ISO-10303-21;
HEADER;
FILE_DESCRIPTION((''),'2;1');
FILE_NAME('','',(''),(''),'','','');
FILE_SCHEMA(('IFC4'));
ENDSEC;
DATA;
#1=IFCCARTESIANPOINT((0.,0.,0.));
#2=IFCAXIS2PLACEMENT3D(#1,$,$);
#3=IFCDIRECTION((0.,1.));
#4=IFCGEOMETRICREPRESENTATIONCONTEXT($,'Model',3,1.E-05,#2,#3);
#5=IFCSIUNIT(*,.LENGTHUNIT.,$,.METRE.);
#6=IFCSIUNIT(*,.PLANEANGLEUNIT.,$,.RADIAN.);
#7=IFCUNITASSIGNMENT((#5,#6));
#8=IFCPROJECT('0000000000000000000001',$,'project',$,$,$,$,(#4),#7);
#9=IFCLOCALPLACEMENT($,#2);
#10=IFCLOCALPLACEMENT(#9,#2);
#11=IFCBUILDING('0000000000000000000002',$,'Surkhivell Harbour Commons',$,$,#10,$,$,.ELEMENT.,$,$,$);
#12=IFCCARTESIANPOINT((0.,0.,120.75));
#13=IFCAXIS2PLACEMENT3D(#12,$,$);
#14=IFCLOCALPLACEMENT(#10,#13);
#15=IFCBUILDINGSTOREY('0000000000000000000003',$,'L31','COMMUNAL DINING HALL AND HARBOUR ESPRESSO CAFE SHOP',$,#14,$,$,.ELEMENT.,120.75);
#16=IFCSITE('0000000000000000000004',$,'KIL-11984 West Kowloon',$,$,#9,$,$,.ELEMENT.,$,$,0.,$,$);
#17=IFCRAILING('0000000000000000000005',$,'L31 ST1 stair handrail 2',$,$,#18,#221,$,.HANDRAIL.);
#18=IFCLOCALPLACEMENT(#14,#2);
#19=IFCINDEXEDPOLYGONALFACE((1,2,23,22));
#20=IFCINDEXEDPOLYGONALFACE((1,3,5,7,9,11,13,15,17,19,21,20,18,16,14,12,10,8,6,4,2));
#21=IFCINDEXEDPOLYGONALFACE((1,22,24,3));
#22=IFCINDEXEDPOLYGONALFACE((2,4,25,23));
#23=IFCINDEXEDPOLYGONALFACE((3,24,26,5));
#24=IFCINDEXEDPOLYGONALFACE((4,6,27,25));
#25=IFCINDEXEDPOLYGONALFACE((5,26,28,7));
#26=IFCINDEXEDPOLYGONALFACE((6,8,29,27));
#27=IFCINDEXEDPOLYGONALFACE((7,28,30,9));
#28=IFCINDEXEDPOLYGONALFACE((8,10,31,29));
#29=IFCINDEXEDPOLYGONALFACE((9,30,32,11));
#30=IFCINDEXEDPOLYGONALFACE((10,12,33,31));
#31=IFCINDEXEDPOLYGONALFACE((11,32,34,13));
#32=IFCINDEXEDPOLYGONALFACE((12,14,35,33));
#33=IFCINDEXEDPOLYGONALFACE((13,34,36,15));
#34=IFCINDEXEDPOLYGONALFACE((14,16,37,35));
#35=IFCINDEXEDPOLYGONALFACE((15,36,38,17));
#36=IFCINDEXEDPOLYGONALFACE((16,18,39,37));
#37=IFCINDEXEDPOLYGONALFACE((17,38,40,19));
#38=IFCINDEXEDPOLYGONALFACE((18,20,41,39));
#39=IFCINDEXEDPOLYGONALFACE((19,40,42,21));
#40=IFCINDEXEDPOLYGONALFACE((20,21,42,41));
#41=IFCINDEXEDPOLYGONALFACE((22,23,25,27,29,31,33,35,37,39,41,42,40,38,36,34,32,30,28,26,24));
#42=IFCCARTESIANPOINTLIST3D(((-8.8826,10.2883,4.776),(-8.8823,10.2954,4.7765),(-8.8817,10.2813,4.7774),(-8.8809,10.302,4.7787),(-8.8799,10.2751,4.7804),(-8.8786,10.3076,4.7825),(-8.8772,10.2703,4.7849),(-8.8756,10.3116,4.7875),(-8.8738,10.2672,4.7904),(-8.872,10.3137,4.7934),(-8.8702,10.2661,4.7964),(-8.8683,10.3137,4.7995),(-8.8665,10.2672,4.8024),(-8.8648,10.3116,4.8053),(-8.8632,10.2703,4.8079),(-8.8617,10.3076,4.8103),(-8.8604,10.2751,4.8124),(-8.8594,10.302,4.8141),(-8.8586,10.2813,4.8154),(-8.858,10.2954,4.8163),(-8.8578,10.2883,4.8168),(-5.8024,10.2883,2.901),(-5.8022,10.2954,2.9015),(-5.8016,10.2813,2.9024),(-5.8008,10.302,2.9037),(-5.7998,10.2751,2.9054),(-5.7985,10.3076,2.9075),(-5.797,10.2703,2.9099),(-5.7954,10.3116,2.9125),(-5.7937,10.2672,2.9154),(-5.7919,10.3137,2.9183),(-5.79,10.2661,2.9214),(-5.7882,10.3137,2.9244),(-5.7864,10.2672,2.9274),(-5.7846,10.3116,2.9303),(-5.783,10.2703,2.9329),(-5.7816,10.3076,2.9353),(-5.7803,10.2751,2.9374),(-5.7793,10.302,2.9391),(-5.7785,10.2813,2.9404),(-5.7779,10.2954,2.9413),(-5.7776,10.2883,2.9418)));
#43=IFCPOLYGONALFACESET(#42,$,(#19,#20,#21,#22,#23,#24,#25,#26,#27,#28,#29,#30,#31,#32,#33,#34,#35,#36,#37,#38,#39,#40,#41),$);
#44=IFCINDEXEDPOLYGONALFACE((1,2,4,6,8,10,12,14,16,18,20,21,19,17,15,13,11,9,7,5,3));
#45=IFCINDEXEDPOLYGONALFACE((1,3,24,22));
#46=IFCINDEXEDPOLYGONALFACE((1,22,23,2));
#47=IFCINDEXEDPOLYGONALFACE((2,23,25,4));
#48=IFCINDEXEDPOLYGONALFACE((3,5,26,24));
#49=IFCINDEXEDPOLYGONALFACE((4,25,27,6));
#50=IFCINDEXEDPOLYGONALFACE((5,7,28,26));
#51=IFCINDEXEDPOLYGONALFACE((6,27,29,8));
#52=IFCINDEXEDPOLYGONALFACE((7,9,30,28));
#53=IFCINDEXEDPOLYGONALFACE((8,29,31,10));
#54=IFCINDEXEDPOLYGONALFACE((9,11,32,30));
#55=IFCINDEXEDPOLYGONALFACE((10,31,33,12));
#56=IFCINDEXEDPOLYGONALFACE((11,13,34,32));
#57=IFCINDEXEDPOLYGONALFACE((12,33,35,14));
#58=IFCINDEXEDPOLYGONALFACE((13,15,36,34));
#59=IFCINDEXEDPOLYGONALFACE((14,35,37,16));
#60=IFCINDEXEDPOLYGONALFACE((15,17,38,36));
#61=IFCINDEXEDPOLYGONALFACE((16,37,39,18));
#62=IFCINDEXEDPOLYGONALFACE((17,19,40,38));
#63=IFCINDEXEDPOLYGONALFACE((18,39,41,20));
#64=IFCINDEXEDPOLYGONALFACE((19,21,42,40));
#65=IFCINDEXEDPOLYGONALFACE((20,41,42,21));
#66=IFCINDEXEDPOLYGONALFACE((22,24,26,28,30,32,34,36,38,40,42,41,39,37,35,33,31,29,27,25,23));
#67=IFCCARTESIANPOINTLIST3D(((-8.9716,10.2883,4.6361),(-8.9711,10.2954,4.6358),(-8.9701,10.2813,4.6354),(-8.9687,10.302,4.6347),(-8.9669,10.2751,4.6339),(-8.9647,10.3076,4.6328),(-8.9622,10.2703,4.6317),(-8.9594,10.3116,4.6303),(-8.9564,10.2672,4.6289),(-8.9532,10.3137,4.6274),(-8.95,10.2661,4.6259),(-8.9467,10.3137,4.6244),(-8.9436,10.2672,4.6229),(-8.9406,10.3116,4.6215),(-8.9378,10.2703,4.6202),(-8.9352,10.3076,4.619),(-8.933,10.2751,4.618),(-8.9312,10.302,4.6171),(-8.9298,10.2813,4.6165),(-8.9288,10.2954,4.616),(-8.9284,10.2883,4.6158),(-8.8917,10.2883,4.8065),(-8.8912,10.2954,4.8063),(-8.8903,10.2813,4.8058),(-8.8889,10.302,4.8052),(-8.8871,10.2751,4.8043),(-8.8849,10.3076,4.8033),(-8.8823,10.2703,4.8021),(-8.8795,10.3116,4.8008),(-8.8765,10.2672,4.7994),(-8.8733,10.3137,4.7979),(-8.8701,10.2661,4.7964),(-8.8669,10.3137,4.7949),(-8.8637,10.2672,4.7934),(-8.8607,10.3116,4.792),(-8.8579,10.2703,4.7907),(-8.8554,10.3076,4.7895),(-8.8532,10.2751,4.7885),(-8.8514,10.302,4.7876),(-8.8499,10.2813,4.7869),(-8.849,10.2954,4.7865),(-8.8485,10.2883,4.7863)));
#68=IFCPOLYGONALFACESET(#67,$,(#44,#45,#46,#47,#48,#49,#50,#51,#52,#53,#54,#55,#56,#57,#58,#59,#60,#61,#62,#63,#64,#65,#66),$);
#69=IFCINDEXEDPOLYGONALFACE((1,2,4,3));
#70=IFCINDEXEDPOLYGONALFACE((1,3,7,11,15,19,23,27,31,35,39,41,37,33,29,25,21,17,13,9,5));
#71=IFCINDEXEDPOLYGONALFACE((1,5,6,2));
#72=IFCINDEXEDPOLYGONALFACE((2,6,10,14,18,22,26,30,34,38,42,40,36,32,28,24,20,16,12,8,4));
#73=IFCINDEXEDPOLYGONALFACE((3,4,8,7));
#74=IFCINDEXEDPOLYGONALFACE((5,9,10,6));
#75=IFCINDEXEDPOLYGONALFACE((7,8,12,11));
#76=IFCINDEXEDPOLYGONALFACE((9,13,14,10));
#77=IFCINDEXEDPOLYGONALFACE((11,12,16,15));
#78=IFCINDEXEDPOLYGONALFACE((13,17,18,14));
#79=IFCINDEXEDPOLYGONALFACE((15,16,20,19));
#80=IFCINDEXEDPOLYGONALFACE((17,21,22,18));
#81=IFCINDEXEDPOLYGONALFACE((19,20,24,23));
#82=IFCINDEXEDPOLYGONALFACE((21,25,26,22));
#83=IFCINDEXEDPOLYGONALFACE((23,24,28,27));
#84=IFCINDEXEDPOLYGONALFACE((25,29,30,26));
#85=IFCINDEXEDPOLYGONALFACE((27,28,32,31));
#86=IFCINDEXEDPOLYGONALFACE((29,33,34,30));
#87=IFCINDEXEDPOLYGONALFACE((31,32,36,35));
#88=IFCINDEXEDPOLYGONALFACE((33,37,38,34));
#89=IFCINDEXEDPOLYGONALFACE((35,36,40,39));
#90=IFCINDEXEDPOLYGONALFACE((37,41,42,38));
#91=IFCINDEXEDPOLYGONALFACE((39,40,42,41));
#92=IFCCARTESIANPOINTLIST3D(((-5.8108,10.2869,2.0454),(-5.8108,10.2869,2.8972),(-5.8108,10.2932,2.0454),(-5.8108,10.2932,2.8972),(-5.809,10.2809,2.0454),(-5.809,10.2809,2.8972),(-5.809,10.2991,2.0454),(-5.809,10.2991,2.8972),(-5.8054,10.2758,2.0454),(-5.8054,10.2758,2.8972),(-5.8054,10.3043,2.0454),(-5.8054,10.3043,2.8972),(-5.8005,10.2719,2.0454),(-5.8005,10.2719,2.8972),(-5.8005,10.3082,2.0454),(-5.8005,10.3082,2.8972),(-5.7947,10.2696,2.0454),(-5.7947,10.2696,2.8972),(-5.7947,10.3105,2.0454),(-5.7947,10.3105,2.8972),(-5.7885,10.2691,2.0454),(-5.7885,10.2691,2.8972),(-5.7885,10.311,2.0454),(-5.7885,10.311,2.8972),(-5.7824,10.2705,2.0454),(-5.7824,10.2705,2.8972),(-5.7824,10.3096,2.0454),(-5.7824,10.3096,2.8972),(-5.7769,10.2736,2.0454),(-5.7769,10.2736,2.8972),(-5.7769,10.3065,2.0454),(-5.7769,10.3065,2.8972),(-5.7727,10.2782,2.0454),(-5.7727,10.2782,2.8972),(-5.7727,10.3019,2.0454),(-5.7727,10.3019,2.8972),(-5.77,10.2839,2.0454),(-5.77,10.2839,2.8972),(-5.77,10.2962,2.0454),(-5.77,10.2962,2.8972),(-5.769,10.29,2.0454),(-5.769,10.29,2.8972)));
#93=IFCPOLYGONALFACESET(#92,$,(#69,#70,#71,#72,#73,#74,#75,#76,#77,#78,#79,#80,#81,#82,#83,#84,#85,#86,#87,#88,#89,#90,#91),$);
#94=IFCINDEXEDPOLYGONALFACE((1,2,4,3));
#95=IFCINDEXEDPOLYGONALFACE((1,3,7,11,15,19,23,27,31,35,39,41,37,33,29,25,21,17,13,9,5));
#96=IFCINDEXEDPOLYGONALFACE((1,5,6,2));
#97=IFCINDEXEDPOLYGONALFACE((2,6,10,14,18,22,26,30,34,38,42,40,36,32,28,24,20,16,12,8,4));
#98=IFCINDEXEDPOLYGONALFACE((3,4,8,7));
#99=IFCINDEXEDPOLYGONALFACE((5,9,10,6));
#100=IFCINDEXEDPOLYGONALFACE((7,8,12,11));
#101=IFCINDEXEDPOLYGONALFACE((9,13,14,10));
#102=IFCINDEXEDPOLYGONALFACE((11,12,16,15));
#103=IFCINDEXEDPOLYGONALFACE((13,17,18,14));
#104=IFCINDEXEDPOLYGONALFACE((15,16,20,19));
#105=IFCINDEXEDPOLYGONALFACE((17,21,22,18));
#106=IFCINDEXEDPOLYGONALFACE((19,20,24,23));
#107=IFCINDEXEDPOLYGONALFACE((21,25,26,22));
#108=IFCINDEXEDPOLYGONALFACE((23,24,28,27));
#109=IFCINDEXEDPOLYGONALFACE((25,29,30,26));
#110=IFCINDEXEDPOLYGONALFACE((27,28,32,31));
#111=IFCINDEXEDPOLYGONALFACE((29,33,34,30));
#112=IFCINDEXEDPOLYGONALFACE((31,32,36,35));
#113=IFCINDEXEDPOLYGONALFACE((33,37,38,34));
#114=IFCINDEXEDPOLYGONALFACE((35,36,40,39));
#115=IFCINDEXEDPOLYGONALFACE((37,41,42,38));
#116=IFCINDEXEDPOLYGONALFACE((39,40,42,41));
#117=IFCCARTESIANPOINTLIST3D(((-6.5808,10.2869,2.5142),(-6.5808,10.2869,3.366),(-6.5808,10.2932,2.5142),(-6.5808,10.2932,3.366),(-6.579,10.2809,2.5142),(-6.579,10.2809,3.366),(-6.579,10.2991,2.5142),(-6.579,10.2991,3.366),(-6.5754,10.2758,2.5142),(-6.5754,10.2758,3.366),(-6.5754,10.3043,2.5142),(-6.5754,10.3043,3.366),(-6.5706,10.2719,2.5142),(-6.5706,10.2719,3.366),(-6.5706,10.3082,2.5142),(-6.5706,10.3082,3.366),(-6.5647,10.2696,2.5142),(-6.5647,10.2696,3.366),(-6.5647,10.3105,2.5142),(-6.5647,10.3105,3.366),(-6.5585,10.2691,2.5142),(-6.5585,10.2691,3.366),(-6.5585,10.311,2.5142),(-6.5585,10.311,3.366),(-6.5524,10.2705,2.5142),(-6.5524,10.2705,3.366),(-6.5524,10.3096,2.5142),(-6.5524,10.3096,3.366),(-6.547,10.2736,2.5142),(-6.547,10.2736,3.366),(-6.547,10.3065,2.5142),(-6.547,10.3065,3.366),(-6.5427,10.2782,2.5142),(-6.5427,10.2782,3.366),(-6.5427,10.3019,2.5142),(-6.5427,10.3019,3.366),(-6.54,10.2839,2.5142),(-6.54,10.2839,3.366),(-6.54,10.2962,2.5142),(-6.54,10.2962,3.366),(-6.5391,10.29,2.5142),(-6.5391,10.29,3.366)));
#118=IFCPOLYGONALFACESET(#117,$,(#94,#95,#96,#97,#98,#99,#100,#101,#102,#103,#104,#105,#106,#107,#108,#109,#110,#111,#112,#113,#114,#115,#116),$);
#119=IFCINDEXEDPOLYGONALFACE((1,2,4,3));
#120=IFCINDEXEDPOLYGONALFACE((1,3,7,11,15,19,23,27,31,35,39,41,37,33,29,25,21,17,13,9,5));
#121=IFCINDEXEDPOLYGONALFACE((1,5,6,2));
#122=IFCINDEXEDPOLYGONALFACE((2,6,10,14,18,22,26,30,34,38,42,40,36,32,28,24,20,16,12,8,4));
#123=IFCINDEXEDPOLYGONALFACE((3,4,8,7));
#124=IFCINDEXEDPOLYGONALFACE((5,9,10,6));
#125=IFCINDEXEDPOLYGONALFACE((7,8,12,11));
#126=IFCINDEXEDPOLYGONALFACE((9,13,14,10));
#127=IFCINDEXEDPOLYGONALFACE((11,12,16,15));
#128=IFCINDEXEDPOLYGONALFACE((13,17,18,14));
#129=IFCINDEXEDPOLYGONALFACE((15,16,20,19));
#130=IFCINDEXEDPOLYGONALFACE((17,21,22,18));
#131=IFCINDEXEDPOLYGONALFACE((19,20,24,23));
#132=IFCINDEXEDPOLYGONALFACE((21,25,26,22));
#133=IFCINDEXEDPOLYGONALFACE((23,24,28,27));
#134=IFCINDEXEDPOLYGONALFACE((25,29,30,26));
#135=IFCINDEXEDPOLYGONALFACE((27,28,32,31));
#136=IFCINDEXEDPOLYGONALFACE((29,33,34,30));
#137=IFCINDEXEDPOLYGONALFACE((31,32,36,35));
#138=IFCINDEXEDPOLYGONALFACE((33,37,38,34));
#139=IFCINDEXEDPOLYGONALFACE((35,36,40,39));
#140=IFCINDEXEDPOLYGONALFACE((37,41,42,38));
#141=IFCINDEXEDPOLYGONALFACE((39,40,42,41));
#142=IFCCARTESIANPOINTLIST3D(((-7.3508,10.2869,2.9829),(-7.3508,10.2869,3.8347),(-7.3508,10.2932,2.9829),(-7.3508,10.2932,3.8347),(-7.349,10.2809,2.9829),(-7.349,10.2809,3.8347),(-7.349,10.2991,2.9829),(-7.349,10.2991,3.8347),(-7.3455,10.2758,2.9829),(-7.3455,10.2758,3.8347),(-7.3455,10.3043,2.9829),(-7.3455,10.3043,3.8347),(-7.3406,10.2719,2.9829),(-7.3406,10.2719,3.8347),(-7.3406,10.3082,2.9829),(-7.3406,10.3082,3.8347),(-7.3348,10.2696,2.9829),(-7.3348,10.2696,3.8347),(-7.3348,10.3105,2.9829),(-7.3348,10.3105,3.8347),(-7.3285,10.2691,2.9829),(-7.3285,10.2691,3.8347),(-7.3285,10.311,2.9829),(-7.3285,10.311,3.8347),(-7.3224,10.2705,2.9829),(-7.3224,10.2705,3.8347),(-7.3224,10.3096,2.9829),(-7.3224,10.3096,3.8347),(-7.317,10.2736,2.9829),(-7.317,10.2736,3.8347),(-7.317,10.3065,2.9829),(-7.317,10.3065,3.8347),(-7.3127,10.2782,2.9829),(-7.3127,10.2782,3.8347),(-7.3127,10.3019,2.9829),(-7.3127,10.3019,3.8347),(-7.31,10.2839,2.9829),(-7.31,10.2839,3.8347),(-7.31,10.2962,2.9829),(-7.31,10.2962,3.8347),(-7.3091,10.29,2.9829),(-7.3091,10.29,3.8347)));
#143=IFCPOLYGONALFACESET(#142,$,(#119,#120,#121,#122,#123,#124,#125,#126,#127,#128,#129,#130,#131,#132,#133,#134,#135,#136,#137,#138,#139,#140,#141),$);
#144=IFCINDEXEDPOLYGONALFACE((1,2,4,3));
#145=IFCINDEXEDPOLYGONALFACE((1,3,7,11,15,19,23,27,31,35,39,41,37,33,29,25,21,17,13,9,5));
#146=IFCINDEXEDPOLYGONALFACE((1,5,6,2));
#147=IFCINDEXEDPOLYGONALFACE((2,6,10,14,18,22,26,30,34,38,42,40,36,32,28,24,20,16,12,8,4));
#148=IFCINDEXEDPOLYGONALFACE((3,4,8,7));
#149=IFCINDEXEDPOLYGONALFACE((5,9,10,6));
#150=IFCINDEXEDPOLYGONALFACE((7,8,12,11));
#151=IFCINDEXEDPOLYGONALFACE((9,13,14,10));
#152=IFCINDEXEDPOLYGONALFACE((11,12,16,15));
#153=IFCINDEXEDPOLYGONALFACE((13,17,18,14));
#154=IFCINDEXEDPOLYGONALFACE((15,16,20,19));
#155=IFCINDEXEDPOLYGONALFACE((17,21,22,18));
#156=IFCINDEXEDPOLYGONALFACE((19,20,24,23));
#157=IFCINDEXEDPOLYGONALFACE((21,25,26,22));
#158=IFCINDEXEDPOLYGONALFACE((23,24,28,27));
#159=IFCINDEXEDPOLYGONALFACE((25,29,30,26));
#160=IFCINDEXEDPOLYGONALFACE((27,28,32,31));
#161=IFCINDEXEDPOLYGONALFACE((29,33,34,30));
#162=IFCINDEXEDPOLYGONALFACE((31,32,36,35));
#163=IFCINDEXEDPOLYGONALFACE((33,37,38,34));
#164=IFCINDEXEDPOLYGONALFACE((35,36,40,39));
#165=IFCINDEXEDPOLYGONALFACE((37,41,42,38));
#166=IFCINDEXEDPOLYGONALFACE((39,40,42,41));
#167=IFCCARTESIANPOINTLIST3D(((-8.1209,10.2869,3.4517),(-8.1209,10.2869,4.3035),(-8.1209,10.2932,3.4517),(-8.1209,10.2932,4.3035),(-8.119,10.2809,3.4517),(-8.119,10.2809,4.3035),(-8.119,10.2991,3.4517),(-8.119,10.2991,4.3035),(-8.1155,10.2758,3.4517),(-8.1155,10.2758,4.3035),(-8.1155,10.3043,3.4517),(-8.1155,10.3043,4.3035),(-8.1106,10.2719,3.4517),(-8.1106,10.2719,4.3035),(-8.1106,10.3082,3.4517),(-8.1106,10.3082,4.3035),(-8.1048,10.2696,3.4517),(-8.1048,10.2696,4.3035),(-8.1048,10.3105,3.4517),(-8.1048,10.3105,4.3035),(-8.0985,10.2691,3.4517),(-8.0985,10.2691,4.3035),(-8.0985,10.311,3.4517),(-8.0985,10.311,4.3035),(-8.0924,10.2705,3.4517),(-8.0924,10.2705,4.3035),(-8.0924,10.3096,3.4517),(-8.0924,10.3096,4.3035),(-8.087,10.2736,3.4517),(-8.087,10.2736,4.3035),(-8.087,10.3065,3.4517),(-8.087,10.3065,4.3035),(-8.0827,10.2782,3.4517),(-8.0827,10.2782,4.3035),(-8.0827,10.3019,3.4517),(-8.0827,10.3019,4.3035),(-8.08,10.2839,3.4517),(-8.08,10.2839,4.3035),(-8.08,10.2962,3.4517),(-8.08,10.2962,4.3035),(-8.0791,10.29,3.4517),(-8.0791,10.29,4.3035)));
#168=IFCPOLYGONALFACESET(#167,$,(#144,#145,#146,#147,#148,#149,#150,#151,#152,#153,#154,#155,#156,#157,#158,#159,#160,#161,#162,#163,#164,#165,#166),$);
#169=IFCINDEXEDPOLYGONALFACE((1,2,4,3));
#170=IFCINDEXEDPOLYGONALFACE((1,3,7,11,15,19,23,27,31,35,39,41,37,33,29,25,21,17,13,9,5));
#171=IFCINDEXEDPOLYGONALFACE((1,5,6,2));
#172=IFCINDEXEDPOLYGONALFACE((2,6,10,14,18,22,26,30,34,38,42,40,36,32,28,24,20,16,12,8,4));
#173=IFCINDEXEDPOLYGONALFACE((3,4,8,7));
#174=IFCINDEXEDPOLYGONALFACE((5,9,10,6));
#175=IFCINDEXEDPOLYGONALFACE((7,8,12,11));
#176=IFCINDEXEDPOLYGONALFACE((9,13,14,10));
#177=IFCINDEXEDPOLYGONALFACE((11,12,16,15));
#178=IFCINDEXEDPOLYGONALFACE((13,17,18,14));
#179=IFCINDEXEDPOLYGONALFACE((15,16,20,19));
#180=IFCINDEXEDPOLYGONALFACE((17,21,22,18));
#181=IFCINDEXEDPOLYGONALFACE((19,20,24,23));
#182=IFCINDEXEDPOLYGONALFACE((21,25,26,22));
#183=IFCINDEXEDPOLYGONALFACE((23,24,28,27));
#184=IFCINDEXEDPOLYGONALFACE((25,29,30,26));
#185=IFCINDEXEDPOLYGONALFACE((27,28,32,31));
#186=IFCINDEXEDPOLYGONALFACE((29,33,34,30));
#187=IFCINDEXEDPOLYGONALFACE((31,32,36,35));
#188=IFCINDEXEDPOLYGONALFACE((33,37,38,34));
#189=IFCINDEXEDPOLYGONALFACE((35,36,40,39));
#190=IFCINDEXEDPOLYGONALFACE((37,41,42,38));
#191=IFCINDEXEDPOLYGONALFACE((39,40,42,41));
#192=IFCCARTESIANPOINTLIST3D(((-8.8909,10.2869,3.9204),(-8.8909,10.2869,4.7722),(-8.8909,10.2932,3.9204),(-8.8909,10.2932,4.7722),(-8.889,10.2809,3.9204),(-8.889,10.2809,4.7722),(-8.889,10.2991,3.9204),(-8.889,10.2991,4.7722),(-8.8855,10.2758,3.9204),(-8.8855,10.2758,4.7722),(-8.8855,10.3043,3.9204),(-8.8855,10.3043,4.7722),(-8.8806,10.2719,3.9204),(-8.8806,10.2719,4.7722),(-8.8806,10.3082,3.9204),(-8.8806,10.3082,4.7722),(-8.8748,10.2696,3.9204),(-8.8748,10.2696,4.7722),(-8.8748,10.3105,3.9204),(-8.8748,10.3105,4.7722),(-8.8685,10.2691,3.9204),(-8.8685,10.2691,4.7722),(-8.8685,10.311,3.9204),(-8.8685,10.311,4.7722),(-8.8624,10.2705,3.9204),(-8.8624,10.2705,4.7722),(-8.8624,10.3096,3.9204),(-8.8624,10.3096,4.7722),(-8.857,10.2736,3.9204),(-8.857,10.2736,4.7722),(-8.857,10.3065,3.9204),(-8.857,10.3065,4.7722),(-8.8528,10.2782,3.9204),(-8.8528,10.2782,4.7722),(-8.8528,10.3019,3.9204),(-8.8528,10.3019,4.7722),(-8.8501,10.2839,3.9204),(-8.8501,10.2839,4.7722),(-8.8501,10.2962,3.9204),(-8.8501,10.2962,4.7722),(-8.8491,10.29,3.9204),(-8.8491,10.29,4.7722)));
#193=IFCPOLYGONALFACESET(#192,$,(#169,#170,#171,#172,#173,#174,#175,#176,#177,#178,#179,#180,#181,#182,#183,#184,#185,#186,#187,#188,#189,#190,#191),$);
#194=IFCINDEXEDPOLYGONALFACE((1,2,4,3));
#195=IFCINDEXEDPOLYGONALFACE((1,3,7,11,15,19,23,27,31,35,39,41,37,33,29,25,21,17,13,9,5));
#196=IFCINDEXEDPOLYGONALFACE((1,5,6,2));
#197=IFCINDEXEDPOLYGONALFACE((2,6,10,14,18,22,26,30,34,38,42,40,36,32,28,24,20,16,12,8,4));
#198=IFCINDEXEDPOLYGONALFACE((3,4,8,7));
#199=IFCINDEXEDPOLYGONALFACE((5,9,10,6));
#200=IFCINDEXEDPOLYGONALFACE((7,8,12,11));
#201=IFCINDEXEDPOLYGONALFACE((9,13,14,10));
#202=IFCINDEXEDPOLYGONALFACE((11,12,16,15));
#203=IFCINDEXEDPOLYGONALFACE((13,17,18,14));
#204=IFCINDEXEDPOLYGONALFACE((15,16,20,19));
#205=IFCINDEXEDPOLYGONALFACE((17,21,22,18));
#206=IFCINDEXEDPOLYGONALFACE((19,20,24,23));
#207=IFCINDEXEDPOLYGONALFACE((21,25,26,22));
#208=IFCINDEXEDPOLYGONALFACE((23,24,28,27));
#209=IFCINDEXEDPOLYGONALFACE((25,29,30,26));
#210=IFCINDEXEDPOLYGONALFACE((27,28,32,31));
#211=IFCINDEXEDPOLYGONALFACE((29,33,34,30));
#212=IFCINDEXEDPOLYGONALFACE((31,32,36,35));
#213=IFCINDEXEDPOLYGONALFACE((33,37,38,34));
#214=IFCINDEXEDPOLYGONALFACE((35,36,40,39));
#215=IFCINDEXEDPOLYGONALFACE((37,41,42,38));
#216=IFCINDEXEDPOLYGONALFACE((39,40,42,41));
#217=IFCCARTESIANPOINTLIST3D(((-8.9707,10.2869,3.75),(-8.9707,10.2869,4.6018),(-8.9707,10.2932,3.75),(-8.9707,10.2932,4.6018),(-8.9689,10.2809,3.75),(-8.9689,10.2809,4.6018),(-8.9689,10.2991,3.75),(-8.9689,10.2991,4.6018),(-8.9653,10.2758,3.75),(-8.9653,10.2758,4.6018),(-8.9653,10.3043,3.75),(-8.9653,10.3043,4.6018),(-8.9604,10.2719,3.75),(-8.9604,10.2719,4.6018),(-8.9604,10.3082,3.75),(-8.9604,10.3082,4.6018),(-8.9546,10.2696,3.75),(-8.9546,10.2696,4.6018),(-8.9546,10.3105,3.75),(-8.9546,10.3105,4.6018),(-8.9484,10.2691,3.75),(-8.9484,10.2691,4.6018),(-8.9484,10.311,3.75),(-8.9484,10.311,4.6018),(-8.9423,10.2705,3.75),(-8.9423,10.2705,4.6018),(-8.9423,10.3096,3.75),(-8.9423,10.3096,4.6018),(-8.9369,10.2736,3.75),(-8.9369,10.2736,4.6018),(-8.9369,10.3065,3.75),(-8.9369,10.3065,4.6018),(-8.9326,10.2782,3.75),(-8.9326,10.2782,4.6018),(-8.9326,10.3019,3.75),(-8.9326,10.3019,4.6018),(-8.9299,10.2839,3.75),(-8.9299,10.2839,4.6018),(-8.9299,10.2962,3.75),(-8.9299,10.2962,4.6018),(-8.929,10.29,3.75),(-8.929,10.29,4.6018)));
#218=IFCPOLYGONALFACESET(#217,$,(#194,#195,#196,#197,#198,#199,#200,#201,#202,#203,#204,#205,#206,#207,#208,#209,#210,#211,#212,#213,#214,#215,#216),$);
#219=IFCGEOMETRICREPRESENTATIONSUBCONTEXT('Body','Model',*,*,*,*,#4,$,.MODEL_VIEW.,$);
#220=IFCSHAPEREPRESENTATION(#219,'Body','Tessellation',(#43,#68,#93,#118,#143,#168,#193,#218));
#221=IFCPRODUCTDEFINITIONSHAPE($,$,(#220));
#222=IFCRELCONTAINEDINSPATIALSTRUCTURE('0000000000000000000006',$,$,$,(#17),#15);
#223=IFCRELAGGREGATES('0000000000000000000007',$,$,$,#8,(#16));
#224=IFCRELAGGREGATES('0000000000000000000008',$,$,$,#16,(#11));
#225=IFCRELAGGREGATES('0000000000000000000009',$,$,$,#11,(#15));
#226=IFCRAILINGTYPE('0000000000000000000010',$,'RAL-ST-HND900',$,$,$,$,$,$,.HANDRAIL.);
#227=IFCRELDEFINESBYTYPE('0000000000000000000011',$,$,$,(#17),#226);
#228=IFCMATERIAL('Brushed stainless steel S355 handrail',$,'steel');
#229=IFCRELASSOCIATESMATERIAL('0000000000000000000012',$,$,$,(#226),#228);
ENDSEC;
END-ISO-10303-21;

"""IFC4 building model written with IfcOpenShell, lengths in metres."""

from ifc_helpers import new_model, si_unit, direction, frame, origin, origin_2d, place, context, subcontext, project, spatial, circle, extrude, material, type_object, element, save


model = new_model("IFC4")

# Units and contexts
model_context = context("Model", 3, precision=1e-05, world=origin(), true_north=direction((0.0, 1.0)))
body_context = subcontext(model_context, "Body", "Model", "MODEL_VIEW")
ifc_project = project(units=[si_unit("LENGTHUNIT", "METRE"), si_unit("PLANEANGLEUNIT", "RADIAN")], contexts=[model_context])

# Site, building, storey
site_placement = place(None, origin())
site = spatial("IfcSite", under=ifc_project, at=site_placement, Name="KIL-11984 West Kowloon", CompositionType="ELEMENT", RefElevation=0.0)
building_placement = place(site_placement, origin())
building = spatial("IfcBuilding", under=site, at=building_placement, Name="Surkhivell Harbour Commons", CompositionType="ELEMENT")
storey_placement = place(building_placement, frame((0.0, 0.0, 120.75)))
storey = spatial("IfcBuildingStorey", under=building, at=storey_placement, Name="L31", Description="COMMUNAL DINING HALL AND HARBOUR ESPRESSO CAFE SHOP", CompositionType="ELEMENT", Elevation=120.75)

# Railing
ifc_material_1 = material(Name="Brushed stainless steel S355 handrail", Category="steel")
railing_type_1 = type_object("IfcRailingType", Name="RAL-ST-HND900", PredefinedType="HANDRAIL", material=ifc_material_1)
railing_1_placement = place(storey_placement, frame((-5.79, 10.29, 2.0454)))
element("IfcRailing", 1, at=railing_1_placement, inside=storey, type_object=railing_type_1, Name="L31 ST1 stair handrail 2", PredefinedType="HANDRAIL", context=body_context, shape_type="SweptSolid", body=[
    extrude(circle(Radius=0.0239, at=origin_2d()), frame((0.0, 0.0, 0.876), z_axis=(-0.854178, 0.0, 0.519981), x_axis=(0.0, -1.0, 0.0)), (0.0, 0.0, 1.0), 3.606),
    extrude(circle(Radius=0.0239, at=origin_2d()), frame((-3.0801, 0.0, 2.751), z_axis=(-0.424234, 0.0, -0.905552), x_axis=(0.0, -1.0, 0.0)), (0.0, 0.0, 1.0), 0.1882),
    extrude(circle(Radius=0.021, at=origin_2d()), origin(), (0.0, 0.0, 1.0), 0.8518),
    extrude(circle(Radius=0.021, at=origin_2d()), frame((-0.77, 0.0, 0.4688)), (0.0, 0.0, 1.0), 0.8518),
    extrude(circle(Radius=0.021, at=origin_2d()), frame((-1.54, 0.0, 0.9375)), (0.0, 0.0, 1.0), 0.8518),
    extrude(circle(Radius=0.021, at=origin_2d()), frame((-2.3101, 0.0, 1.4062)), (0.0, 0.0, 1.0), 0.8518),
    extrude(circle(Radius=0.021, at=origin_2d()), frame((-3.0801, 0.0, 1.875)), (0.0, 0.0, 1.0), 0.8518),
    extrude(circle(Radius=0.021, at=origin_2d()), frame((-3.1599, 0.0, 1.7046)), (0.0, 0.0, 1.0), 0.8518),
])

save(model, "model.ifc")
